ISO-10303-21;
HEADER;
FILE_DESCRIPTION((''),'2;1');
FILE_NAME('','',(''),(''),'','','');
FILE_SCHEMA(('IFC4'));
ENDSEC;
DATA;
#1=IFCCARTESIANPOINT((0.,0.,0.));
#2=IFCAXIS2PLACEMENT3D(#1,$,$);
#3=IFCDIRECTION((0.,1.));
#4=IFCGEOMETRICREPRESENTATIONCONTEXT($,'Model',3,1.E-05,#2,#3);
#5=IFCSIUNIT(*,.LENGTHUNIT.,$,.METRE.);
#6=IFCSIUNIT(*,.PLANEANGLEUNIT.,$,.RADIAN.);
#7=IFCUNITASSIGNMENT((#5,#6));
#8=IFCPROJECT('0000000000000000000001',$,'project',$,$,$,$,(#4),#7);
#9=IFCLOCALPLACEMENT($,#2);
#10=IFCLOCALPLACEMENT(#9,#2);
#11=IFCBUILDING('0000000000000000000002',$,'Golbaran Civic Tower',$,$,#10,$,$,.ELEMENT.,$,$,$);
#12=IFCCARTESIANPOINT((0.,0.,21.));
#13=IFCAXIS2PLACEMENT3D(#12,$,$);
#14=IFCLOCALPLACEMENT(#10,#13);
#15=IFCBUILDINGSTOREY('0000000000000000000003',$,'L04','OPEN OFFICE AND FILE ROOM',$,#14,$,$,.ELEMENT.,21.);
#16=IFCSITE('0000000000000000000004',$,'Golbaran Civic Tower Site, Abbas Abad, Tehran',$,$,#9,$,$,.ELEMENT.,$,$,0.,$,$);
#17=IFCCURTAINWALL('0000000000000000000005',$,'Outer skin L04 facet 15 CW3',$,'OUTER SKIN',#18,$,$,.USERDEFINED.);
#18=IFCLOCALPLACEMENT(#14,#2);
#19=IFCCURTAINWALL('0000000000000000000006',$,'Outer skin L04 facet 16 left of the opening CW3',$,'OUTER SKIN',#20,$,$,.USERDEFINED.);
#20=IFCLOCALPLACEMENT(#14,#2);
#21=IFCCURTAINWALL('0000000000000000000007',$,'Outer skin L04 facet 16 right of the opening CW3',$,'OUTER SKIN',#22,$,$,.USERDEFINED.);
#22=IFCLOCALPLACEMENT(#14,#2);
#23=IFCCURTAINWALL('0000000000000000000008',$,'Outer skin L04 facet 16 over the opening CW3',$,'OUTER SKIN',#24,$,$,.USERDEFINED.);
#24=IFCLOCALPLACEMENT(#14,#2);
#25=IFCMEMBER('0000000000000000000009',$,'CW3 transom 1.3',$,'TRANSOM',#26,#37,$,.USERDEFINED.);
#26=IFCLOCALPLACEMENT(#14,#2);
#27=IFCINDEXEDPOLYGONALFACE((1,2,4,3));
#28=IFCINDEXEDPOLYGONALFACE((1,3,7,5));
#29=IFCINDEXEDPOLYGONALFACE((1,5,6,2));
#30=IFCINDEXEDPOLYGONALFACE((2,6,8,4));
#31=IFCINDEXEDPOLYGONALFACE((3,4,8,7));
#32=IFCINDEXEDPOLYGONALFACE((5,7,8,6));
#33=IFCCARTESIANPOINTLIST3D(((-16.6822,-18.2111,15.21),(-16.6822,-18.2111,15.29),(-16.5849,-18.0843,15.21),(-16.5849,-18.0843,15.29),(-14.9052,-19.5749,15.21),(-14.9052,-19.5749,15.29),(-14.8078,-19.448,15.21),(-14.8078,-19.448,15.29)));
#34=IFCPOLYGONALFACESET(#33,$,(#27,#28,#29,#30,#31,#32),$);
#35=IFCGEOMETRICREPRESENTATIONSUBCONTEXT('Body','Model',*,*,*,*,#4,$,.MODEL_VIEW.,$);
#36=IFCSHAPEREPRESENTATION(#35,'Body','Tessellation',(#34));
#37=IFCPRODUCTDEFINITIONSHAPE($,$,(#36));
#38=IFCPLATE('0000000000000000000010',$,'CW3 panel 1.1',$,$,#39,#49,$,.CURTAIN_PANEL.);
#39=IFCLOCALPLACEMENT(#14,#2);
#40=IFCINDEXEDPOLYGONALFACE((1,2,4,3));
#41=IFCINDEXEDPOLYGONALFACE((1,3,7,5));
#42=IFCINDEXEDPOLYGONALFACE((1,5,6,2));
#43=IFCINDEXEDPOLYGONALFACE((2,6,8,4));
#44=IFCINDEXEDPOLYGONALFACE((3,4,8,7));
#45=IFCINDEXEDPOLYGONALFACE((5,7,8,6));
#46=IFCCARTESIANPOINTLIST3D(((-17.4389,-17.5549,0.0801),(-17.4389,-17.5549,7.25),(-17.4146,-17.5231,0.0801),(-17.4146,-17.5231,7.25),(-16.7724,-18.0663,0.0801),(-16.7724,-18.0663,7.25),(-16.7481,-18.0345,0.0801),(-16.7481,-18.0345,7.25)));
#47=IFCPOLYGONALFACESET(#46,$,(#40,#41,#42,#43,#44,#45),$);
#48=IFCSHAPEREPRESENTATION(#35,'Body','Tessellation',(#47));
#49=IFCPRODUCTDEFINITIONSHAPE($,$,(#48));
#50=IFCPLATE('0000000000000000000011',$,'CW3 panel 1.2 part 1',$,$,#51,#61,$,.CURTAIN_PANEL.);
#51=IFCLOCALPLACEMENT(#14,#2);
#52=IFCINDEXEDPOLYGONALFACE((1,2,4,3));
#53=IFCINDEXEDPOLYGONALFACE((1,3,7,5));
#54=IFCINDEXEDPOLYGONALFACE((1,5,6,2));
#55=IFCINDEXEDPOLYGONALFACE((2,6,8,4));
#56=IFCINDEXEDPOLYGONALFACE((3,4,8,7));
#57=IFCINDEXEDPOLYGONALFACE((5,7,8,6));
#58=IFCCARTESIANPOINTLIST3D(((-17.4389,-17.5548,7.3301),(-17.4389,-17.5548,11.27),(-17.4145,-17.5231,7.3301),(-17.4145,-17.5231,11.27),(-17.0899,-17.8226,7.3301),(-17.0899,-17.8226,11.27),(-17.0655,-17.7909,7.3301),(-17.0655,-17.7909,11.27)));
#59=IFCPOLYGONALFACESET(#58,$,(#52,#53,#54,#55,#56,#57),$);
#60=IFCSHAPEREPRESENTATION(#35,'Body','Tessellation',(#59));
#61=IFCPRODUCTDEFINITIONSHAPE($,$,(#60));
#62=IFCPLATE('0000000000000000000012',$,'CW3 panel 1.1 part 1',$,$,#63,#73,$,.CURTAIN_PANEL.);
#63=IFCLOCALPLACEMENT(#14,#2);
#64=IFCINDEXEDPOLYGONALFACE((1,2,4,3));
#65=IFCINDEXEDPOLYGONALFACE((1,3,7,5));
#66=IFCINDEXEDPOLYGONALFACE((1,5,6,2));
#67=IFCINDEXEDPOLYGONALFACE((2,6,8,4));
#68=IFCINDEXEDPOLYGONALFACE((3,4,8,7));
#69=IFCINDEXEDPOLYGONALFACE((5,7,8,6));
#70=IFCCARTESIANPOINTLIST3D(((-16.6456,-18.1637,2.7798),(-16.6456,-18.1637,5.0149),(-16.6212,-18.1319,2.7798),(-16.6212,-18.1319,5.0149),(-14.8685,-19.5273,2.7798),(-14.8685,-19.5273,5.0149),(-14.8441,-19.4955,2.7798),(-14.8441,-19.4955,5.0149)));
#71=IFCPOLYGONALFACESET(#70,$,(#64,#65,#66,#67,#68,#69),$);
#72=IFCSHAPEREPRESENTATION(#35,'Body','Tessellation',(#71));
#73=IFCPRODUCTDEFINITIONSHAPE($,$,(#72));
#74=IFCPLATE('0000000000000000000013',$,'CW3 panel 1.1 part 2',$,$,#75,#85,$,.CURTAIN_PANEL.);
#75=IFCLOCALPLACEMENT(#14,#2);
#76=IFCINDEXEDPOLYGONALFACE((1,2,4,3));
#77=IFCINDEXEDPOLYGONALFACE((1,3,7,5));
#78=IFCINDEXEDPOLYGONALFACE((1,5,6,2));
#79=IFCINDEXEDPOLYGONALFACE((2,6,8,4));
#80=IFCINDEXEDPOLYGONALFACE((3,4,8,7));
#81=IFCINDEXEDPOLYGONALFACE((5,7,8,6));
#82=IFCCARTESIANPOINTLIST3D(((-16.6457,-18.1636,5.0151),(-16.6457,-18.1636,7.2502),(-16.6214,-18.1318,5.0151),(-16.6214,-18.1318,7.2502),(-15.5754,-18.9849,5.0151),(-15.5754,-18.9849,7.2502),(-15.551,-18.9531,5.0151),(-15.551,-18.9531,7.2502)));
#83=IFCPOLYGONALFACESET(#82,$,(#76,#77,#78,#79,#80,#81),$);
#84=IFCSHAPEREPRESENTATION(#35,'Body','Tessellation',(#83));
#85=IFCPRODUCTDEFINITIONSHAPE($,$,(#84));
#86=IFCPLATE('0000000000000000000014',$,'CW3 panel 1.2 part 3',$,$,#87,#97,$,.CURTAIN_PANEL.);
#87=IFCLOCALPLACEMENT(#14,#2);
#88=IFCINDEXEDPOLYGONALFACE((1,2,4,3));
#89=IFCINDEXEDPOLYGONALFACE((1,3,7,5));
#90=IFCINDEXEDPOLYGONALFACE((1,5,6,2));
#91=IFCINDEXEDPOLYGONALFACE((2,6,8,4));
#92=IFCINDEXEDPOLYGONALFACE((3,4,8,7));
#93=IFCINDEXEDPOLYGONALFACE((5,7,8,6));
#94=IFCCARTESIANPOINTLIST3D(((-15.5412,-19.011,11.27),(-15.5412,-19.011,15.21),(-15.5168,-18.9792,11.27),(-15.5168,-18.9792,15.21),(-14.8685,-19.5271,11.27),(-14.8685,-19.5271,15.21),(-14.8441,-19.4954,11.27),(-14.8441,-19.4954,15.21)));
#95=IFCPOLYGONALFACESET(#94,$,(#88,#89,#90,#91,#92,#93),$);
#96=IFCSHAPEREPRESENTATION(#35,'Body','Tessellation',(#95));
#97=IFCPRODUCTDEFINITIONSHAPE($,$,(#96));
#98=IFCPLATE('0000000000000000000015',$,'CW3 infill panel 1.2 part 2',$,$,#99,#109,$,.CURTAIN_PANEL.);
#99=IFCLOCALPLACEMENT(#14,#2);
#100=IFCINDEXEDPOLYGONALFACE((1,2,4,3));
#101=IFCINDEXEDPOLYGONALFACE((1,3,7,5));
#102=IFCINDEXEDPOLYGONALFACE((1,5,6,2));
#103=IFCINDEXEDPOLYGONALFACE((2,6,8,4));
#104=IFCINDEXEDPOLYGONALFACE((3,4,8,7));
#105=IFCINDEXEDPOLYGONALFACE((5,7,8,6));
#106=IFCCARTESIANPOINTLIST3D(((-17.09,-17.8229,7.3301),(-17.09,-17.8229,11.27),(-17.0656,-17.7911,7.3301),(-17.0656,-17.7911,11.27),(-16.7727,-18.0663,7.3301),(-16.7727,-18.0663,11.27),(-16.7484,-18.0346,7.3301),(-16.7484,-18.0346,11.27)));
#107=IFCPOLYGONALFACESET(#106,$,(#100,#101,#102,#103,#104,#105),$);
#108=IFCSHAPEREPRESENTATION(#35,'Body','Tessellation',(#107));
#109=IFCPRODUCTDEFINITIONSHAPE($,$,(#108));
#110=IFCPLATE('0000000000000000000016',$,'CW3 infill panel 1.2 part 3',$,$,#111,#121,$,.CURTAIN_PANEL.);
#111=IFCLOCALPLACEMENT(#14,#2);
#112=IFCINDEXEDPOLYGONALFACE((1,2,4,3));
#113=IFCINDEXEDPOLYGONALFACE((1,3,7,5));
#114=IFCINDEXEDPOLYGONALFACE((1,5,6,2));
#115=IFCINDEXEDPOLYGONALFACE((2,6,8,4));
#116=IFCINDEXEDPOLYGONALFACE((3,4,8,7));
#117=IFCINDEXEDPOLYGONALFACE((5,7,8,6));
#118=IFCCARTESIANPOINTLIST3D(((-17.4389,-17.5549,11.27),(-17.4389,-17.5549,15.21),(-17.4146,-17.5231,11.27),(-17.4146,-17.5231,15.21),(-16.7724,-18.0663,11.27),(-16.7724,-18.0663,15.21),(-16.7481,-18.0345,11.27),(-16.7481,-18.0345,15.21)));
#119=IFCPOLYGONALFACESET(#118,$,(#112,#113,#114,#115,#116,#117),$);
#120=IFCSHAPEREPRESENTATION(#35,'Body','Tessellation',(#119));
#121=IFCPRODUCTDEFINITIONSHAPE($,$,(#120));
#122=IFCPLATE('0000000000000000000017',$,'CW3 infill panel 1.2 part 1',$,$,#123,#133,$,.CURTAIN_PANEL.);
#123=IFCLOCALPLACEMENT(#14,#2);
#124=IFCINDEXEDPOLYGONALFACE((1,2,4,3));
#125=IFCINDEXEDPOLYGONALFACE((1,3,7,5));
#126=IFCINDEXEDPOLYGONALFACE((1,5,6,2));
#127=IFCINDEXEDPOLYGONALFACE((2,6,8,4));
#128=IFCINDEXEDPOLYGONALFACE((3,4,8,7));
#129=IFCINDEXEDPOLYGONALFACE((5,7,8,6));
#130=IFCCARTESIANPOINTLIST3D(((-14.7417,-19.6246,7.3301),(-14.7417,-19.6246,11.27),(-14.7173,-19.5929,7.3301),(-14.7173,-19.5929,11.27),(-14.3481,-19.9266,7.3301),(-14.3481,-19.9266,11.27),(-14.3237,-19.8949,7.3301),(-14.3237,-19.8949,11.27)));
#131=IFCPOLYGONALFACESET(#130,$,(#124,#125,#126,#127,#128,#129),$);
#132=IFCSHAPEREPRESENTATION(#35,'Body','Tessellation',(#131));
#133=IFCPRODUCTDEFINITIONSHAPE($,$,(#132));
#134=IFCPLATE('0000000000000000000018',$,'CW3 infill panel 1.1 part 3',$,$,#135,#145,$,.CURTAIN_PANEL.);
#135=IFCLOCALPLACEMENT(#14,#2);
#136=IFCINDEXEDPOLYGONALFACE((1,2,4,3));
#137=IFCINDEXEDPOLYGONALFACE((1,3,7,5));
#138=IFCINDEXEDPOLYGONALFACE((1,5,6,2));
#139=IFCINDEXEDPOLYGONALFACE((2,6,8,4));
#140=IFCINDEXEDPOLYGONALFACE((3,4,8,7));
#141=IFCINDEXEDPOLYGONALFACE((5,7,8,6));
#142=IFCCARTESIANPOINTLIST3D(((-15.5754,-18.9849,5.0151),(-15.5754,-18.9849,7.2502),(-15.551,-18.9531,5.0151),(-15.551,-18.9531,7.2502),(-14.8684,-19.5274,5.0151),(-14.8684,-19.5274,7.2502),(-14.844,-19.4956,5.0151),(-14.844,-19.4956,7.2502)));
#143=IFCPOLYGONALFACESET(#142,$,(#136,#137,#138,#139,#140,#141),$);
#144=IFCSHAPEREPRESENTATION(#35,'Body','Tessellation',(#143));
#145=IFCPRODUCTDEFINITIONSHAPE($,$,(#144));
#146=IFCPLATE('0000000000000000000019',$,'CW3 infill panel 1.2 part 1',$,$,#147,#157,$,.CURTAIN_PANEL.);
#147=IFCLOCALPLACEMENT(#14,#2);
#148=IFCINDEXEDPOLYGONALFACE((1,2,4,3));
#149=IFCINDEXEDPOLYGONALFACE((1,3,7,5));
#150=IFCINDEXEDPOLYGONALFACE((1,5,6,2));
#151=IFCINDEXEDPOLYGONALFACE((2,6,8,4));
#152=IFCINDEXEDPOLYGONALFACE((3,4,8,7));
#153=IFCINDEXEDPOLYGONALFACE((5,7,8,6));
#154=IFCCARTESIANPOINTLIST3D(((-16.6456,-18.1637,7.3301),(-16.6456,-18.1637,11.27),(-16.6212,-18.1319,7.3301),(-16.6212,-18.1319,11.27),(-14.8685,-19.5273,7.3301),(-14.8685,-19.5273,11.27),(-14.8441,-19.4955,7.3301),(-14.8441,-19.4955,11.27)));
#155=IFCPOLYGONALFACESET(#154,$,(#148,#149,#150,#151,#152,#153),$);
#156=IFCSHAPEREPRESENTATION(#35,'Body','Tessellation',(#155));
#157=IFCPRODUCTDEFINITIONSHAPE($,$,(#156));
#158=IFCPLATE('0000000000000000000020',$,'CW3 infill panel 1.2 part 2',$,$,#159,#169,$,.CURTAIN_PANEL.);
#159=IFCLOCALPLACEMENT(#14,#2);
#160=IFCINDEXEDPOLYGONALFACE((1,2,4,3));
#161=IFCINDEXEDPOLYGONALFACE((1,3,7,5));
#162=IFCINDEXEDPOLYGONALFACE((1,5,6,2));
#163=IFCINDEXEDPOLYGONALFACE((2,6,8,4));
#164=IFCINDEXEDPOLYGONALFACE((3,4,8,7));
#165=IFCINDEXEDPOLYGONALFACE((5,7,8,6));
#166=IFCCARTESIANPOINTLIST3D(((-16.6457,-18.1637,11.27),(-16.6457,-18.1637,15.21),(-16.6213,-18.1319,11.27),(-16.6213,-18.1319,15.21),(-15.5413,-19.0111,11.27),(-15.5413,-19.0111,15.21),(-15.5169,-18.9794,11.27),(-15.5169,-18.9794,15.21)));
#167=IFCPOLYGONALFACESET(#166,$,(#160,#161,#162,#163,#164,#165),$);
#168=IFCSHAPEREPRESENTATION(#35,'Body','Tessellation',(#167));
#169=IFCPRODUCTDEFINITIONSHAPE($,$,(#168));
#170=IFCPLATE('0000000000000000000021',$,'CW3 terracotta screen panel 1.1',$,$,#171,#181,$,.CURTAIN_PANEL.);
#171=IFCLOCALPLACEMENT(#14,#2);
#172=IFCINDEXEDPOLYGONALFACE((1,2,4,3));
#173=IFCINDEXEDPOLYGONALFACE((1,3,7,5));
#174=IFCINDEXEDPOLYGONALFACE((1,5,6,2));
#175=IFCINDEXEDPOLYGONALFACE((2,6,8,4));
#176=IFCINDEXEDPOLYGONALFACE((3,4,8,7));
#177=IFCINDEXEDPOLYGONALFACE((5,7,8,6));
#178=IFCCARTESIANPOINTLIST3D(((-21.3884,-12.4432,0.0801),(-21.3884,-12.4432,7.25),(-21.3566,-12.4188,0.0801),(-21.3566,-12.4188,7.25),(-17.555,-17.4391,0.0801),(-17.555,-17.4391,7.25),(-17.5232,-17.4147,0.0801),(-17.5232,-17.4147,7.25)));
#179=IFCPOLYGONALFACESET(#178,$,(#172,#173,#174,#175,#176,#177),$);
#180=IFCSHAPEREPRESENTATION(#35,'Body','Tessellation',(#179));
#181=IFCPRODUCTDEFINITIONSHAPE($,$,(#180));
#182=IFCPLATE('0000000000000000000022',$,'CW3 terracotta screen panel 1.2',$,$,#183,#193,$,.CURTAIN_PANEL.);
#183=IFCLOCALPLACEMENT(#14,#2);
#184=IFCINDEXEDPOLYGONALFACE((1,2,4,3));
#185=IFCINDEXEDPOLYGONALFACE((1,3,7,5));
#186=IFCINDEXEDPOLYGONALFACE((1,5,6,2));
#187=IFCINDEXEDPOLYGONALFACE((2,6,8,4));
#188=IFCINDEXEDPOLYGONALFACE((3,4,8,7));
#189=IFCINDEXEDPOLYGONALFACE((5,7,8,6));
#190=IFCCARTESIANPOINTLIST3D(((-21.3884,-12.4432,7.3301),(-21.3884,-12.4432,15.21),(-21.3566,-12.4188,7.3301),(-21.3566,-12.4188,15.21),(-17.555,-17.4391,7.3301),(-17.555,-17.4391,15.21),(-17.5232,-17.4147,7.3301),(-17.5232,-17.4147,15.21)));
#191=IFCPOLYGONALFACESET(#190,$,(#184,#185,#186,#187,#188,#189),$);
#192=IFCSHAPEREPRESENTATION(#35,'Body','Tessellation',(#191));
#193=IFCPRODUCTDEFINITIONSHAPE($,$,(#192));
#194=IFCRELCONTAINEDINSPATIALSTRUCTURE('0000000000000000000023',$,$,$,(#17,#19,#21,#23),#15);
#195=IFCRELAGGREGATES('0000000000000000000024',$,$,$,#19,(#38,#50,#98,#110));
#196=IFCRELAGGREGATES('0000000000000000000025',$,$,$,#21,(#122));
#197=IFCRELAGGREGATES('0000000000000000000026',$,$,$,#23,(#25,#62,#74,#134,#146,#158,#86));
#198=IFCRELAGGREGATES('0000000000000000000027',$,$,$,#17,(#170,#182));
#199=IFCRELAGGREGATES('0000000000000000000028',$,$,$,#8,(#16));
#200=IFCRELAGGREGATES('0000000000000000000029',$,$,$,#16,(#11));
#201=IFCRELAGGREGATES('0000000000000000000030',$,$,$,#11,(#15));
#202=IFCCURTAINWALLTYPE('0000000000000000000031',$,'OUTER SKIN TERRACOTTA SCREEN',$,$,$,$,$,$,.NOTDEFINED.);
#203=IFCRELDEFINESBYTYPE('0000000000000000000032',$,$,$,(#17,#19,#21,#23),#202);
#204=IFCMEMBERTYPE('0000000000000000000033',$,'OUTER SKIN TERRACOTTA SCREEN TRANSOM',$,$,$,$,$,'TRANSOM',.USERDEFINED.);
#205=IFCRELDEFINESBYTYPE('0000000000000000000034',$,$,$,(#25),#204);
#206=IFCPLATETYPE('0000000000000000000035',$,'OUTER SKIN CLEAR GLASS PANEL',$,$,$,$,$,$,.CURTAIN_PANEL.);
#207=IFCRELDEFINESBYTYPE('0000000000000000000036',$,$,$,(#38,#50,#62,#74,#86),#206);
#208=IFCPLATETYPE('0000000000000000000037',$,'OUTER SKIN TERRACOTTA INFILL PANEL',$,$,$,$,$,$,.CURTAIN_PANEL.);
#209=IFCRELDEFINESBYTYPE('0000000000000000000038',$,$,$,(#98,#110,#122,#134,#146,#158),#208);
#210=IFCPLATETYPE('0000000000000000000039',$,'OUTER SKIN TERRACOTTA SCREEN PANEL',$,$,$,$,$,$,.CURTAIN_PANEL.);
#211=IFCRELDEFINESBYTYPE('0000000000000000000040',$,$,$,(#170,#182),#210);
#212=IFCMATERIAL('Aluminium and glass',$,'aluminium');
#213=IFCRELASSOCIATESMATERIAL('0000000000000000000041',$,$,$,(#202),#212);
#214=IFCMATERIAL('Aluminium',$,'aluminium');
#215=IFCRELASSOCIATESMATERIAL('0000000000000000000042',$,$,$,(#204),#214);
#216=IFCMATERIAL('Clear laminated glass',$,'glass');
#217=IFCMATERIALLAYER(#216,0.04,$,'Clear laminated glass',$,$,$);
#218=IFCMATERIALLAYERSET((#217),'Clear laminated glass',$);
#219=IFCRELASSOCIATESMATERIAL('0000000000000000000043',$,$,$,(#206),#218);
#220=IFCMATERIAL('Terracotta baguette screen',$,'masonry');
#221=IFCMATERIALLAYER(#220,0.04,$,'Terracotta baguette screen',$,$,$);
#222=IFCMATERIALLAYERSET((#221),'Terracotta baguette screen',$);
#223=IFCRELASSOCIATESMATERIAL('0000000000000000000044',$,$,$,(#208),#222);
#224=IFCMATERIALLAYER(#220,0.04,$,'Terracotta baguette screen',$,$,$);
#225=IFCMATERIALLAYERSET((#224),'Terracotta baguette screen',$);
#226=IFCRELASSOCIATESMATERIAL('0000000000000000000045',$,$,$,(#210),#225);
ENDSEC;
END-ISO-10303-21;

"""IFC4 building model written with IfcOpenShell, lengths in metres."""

from ifc_helpers import new_model, si_unit, direction, frame, origin, origin_2d, place, context, subcontext, project, spatial, rectangle, extrude, material, layer, layer_set, material_profile, profile_set, type_object, element, aggregate, save


model = new_model("IFC4")

# Units and contexts
model_context = context("Model", 3, precision=1e-05, world=origin(), true_north=direction((0.0, 1.0)))
body_context = subcontext(model_context, "Body", "Model", "MODEL_VIEW")
ifc_project = project(units=[si_unit("LENGTHUNIT", "METRE"), si_unit("PLANEANGLEUNIT", "RADIAN")], contexts=[model_context])

# Site, building, storey
site_placement = place(None, origin())
site = spatial("IfcSite", under=ifc_project, at=site_placement, Name="Golbaran Civic Tower Site, Abbas Abad, Tehran", CompositionType="ELEMENT", RefElevation=0.0)
building_placement = place(site_placement, origin())
building = spatial("IfcBuilding", under=site, at=building_placement, Name="Golbaran Civic Tower", CompositionType="ELEMENT")
storey_placement = place(building_placement, frame((0.0, 0.0, 21.0)))
storey = spatial("IfcBuildingStorey", under=building, at=storey_placement, Name="L04", Description="OPEN OFFICE AND FILE ROOM", CompositionType="ELEMENT", Elevation=21.0)

# Curtain wall
ifc_material_1 = material(Name="Aluminium and glass", Category="aluminium")
curtain_wall_type = type_object("IfcCurtainWallType", Name="OUTER SKIN TERRACOTTA SCREEN", PredefinedType="NOTDEFINED", material=ifc_material_1)
curtain_wall_1_placement = place(storey_placement, origin())
curtain_wall_1 = element("IfcCurtainWall", 1, at=curtain_wall_1_placement, inside=storey, type_object=curtain_wall_type, Name="Outer skin L04 facet 15 CW3", ObjectType="OUTER SKIN", PredefinedType="USERDEFINED")
ifc_material_2 = material(Name="Aluminium", Category="aluminium")

# Curtain wall
curtain_wall_2_placement = place(storey_placement, origin())
curtain_wall_2 = element("IfcCurtainWall", 2, at=curtain_wall_2_placement, inside=storey, type_object=curtain_wall_type, Name="Outer skin L04 facet 16 left of the opening CW3", ObjectType="OUTER SKIN", PredefinedType="USERDEFINED")

# Curtain wall
curtain_wall_3_placement = place(storey_placement, origin())
curtain_wall_3 = element("IfcCurtainWall", 3, at=curtain_wall_3_placement, inside=storey, type_object=curtain_wall_type, Name="Outer skin L04 facet 16 right of the opening CW3", ObjectType="OUTER SKIN", PredefinedType="USERDEFINED")

# Curtain wall
curtain_wall_4_placement = place(storey_placement, origin())
curtain_wall_4 = element("IfcCurtainWall", 4, at=curtain_wall_4_placement, inside=storey, type_object=curtain_wall_type, Name="Outer skin L04 facet 16 over the opening CW3", ObjectType="OUTER SKIN", PredefinedType="USERDEFINED")

# Member
ifc_material_profile_1 = material_profile(ifc_material_2, rectangle(XDim=0.1599, YDim=0.0801, at=origin_2d()), Name="OUTER SKIN TERRACOTTA SCREEN TRANSOM")
ifc_profile_set_1 = profile_set([ifc_material_profile_1], Name="Aluminium")
member_type_1 = type_object("IfcMemberType", Name="OUTER SKIN TERRACOTTA SCREEN TRANSOM", ElementType="TRANSOM", PredefinedType="USERDEFINED", material=ifc_profile_set_1)
member_1_placement = place(storey_placement, frame((-16.6335, -18.1477, 15.25), z_axis=(0.79332, -0.608804, 0.0), x_axis=(0.608804, 0.79332, 0.0)))
member_1 = element("IfcMember", 5, at=member_1_placement, type_object=member_type_1, Name="CW3 transom 1.3", ObjectType="TRANSOM", PredefinedType="USERDEFINED", context=body_context, shape_type="SweptSolid", body=[
    extrude(rectangle(XDim=0.1599, YDim=0.0801, at=origin_2d()), origin(), (0.0, 0.0, 1.0), 2.24),
])

# Plates
ifc_material_3 = material(Name="Clear laminated glass", Category="glass")
ifc_layer_1 = layer(ifc_material_3, 0.04, Name="Clear laminated glass")
ifc_layer_set_1 = layer_set([ifc_layer_1], Name="Clear laminated glass")
plate_type_1 = type_object("IfcPlateType", Name="OUTER SKIN CLEAR GLASS PANEL", PredefinedType="CURTAIN_PANEL", material=ifc_layer_set_1)
plate_1_placement = place(storey_placement, frame((-17.0935, -17.7947, 0.0801), z_axis=(0.0, 0.0, 1.0), x_axis=(0.793353, -0.608761, 0.0)))
plate_1 = element("IfcPlate", 6, at=plate_1_placement, type_object=plate_type_1, Name="CW3 panel 1.1", PredefinedType="CURTAIN_PANEL", context=body_context, shape_type="SweptSolid", body=[
    extrude(rectangle(XDim=0.8401, YDim=0.04, at=origin_2d()), origin(), (0.0, 0.0, 1.0), 7.1699),
])
plate_2_placement = place(storey_placement, frame((-17.2522, -17.6729, 7.3301), z_axis=(0.0, 0.0, 1.0), x_axis=(0.793353, -0.608761, 0.0)))
plate_2 = element("IfcPlate", 7, at=plate_2_placement, type_object=plate_type_1, Name="CW3 panel 1.2 part 1", PredefinedType="CURTAIN_PANEL", context=body_context, shape_type="SweptSolid", body=[
    extrude(rectangle(XDim=0.4399, YDim=0.04, at=origin_2d()), origin(), (0.0, 0.0, 1.0), 3.9399),
])
plate_3_placement = place(storey_placement, frame((-15.7449, -18.8296, 2.7798), z_axis=(0.0, 0.0, 1.0), x_axis=(0.793353, -0.608761, 0.0)))
plate_3 = element("IfcPlate", 8, at=plate_3_placement, type_object=plate_type_1, Name="CW3 panel 1.1 part 1", PredefinedType="CURTAIN_PANEL", context=body_context, shape_type="SweptSolid", body=[
    extrude(rectangle(XDim=2.24, YDim=0.04, at=origin_2d()), origin(), (0.0, 0.0, 1.0), 2.2351),
])
plate_4_placement = place(storey_placement, frame((-16.0984, -18.5583, 5.0151), z_axis=(0.0, 0.0, 1.0), x_axis=(0.793353, -0.608761, 0.0)))
plate_4 = element("IfcPlate", 9, at=plate_4_placement, type_object=plate_type_1, Name="CW3 panel 1.1 part 2", PredefinedType="CURTAIN_PANEL", context=body_context, shape_type="SweptSolid", body=[
    extrude(rectangle(XDim=1.3491, YDim=0.04, at=origin_2d()), origin(), (0.0, 0.0, 1.0), 2.2351),
])
plate_5_placement = place(storey_placement, frame((-15.1926, -19.2532, 11.27), z_axis=(0.0, 0.0, 1.0), x_axis=(0.793353, -0.608761, 0.0)))
plate_5 = element("IfcPlate", 10, at=plate_5_placement, type_object=plate_type_1, Name="CW3 panel 1.2 part 3", PredefinedType="CURTAIN_PANEL", context=body_context, shape_type="SweptSolid", body=[
    extrude(rectangle(XDim=0.8479, YDim=0.04, at=origin_2d()), origin(), (0.0, 0.0, 1.0), 3.9399),
])
ifc_material_4 = material(Name="Terracotta baguette screen", Category="masonry")
ifc_layer_2 = layer(ifc_material_4, 0.04, Name="Terracotta baguette screen")
ifc_layer_set_2 = layer_set([ifc_layer_2], Name="Terracotta baguette screen")
plate_type_2 = type_object("IfcPlateType", Name="OUTER SKIN TERRACOTTA INFILL PANEL", PredefinedType="CURTAIN_PANEL", material=ifc_layer_set_2)
plate_6_placement = place(storey_placement, frame((-16.9192, -17.9287, 7.3301), z_axis=(0.0, 0.0, 1.0), x_axis=(0.793353, -0.608761, 0.0)))
plate_6 = element("IfcPlate", 11, at=plate_6_placement, type_object=plate_type_2, Name="CW3 infill panel 1.2 part 2", PredefinedType="CURTAIN_PANEL", context=body_context, shape_type="SweptSolid", body=[
    extrude(rectangle(XDim=0.3999, YDim=0.04, at=origin_2d()), origin(), (0.0, 0.0, 1.0), 3.9399),
])
plate_7_placement = place(storey_placement, frame((-17.0935, -17.7947, 11.27), z_axis=(0.0, 0.0, 1.0), x_axis=(0.793353, -0.608761, 0.0)))
plate_7 = element("IfcPlate", 12, at=plate_7_placement, type_object=plate_type_2, Name="CW3 infill panel 1.2 part 3", PredefinedType="CURTAIN_PANEL", context=body_context, shape_type="SweptSolid", body=[
    extrude(rectangle(XDim=0.8401, YDim=0.04, at=origin_2d()), origin(), (0.0, 0.0, 1.0), 3.9399),
])
aggregate(curtain_wall_2, [plate_1, plate_2, plate_6, plate_7])
plate_8_placement = place(storey_placement, frame((-14.5327, -19.7598, 7.3301), z_axis=(0.0, 0.0, 1.0), x_axis=(0.793353, -0.608761, 0.0)))
plate_8 = element("IfcPlate", 13, at=plate_8_placement, type_object=plate_type_2, Name="CW3 infill panel 1.2 part 1", PredefinedType="CURTAIN_PANEL", context=body_context, shape_type="SweptSolid", body=[
    extrude(rectangle(XDim=0.4961, YDim=0.04, at=origin_2d()), origin(), (0.0, 0.0, 1.0), 3.9399),
])
aggregate(curtain_wall_3, [plate_8])
plate_9_placement = place(storey_placement, frame((-15.2097, -19.2402, 5.0151), z_axis=(0.0, 0.0, 1.0), x_axis=(0.793353, -0.608761, 0.0)))
plate_9 = element("IfcPlate", 14, at=plate_9_placement, type_object=plate_type_2, Name="CW3 infill panel 1.1 part 3", PredefinedType="CURTAIN_PANEL", context=body_context, shape_type="SweptSolid", body=[
    extrude(rectangle(XDim=0.8911, YDim=0.04, at=origin_2d()), origin(), (0.0, 0.0, 1.0), 2.2351),
])
plate_10_placement = place(storey_placement, frame((-15.7449, -18.8296, 7.3301), z_axis=(0.0, 0.0, 1.0), x_axis=(0.793353, -0.608761, 0.0)))
plate_10 = element("IfcPlate", 15, at=plate_10_placement, type_object=plate_type_2, Name="CW3 infill panel 1.2 part 1", PredefinedType="CURTAIN_PANEL", context=body_context, shape_type="SweptSolid", body=[
    extrude(rectangle(XDim=2.24, YDim=0.04, at=origin_2d()), origin(), (0.0, 0.0, 1.0), 3.9399),
])
plate_11_placement = place(storey_placement, frame((-16.0813, -18.5715, 11.27), z_axis=(0.0, 0.0, 1.0), x_axis=(0.793353, -0.608761, 0.0)))
plate_11 = element("IfcPlate", 16, at=plate_11_placement, type_object=plate_type_2, Name="CW3 infill panel 1.2 part 2", PredefinedType="CURTAIN_PANEL", context=body_context, shape_type="SweptSolid", body=[
    extrude(rectangle(XDim=1.3921, YDim=0.04, at=origin_2d()), origin(), (0.0, 0.0, 1.0), 3.9399),
])
aggregate(curtain_wall_4, [member_1, plate_3, plate_4, plate_9, plate_10, plate_11, plate_5])
ifc_layer_3 = layer(ifc_material_4, 0.04, Name="Terracotta baguette screen")
ifc_layer_set_3 = layer_set([ifc_layer_3], Name="Terracotta baguette screen")
plate_type_3 = type_object("IfcPlateType", Name="OUTER SKIN TERRACOTTA SCREEN PANEL", PredefinedType="CURTAIN_PANEL", material=ifc_layer_set_3)
plate_12_placement = place(storey_placement, frame((-19.4558, -14.929, 0.0801), z_axis=(0.0, 0.0, 1.0), x_axis=(0.608761, -0.793353, 0.0)))
plate_12 = element("IfcPlate", 17, at=plate_12_placement, type_object=plate_type_3, Name="CW3 terracotta screen panel 1.1", PredefinedType="CURTAIN_PANEL", context=body_context, shape_type="SweptSolid", body=[
    extrude(rectangle(XDim=6.2971, YDim=0.04, at=origin_2d()), origin(), (0.0, 0.0, 1.0), 7.1699),
])
plate_13_placement = place(storey_placement, frame((-19.4558, -14.929, 7.3301), z_axis=(0.0, 0.0, 1.0), x_axis=(0.608761, -0.793353, 0.0)))
plate_13 = element("IfcPlate", 18, at=plate_13_placement, type_object=plate_type_3, Name="CW3 terracotta screen panel 1.2", PredefinedType="CURTAIN_PANEL", context=body_context, shape_type="SweptSolid", body=[
    extrude(rectangle(XDim=6.2971, YDim=0.04, at=origin_2d()), origin(), (0.0, 0.0, 1.0), 7.8799),
])
aggregate(curtain_wall_1, [plate_12, plate_13])

save(model, "model.ifc")
